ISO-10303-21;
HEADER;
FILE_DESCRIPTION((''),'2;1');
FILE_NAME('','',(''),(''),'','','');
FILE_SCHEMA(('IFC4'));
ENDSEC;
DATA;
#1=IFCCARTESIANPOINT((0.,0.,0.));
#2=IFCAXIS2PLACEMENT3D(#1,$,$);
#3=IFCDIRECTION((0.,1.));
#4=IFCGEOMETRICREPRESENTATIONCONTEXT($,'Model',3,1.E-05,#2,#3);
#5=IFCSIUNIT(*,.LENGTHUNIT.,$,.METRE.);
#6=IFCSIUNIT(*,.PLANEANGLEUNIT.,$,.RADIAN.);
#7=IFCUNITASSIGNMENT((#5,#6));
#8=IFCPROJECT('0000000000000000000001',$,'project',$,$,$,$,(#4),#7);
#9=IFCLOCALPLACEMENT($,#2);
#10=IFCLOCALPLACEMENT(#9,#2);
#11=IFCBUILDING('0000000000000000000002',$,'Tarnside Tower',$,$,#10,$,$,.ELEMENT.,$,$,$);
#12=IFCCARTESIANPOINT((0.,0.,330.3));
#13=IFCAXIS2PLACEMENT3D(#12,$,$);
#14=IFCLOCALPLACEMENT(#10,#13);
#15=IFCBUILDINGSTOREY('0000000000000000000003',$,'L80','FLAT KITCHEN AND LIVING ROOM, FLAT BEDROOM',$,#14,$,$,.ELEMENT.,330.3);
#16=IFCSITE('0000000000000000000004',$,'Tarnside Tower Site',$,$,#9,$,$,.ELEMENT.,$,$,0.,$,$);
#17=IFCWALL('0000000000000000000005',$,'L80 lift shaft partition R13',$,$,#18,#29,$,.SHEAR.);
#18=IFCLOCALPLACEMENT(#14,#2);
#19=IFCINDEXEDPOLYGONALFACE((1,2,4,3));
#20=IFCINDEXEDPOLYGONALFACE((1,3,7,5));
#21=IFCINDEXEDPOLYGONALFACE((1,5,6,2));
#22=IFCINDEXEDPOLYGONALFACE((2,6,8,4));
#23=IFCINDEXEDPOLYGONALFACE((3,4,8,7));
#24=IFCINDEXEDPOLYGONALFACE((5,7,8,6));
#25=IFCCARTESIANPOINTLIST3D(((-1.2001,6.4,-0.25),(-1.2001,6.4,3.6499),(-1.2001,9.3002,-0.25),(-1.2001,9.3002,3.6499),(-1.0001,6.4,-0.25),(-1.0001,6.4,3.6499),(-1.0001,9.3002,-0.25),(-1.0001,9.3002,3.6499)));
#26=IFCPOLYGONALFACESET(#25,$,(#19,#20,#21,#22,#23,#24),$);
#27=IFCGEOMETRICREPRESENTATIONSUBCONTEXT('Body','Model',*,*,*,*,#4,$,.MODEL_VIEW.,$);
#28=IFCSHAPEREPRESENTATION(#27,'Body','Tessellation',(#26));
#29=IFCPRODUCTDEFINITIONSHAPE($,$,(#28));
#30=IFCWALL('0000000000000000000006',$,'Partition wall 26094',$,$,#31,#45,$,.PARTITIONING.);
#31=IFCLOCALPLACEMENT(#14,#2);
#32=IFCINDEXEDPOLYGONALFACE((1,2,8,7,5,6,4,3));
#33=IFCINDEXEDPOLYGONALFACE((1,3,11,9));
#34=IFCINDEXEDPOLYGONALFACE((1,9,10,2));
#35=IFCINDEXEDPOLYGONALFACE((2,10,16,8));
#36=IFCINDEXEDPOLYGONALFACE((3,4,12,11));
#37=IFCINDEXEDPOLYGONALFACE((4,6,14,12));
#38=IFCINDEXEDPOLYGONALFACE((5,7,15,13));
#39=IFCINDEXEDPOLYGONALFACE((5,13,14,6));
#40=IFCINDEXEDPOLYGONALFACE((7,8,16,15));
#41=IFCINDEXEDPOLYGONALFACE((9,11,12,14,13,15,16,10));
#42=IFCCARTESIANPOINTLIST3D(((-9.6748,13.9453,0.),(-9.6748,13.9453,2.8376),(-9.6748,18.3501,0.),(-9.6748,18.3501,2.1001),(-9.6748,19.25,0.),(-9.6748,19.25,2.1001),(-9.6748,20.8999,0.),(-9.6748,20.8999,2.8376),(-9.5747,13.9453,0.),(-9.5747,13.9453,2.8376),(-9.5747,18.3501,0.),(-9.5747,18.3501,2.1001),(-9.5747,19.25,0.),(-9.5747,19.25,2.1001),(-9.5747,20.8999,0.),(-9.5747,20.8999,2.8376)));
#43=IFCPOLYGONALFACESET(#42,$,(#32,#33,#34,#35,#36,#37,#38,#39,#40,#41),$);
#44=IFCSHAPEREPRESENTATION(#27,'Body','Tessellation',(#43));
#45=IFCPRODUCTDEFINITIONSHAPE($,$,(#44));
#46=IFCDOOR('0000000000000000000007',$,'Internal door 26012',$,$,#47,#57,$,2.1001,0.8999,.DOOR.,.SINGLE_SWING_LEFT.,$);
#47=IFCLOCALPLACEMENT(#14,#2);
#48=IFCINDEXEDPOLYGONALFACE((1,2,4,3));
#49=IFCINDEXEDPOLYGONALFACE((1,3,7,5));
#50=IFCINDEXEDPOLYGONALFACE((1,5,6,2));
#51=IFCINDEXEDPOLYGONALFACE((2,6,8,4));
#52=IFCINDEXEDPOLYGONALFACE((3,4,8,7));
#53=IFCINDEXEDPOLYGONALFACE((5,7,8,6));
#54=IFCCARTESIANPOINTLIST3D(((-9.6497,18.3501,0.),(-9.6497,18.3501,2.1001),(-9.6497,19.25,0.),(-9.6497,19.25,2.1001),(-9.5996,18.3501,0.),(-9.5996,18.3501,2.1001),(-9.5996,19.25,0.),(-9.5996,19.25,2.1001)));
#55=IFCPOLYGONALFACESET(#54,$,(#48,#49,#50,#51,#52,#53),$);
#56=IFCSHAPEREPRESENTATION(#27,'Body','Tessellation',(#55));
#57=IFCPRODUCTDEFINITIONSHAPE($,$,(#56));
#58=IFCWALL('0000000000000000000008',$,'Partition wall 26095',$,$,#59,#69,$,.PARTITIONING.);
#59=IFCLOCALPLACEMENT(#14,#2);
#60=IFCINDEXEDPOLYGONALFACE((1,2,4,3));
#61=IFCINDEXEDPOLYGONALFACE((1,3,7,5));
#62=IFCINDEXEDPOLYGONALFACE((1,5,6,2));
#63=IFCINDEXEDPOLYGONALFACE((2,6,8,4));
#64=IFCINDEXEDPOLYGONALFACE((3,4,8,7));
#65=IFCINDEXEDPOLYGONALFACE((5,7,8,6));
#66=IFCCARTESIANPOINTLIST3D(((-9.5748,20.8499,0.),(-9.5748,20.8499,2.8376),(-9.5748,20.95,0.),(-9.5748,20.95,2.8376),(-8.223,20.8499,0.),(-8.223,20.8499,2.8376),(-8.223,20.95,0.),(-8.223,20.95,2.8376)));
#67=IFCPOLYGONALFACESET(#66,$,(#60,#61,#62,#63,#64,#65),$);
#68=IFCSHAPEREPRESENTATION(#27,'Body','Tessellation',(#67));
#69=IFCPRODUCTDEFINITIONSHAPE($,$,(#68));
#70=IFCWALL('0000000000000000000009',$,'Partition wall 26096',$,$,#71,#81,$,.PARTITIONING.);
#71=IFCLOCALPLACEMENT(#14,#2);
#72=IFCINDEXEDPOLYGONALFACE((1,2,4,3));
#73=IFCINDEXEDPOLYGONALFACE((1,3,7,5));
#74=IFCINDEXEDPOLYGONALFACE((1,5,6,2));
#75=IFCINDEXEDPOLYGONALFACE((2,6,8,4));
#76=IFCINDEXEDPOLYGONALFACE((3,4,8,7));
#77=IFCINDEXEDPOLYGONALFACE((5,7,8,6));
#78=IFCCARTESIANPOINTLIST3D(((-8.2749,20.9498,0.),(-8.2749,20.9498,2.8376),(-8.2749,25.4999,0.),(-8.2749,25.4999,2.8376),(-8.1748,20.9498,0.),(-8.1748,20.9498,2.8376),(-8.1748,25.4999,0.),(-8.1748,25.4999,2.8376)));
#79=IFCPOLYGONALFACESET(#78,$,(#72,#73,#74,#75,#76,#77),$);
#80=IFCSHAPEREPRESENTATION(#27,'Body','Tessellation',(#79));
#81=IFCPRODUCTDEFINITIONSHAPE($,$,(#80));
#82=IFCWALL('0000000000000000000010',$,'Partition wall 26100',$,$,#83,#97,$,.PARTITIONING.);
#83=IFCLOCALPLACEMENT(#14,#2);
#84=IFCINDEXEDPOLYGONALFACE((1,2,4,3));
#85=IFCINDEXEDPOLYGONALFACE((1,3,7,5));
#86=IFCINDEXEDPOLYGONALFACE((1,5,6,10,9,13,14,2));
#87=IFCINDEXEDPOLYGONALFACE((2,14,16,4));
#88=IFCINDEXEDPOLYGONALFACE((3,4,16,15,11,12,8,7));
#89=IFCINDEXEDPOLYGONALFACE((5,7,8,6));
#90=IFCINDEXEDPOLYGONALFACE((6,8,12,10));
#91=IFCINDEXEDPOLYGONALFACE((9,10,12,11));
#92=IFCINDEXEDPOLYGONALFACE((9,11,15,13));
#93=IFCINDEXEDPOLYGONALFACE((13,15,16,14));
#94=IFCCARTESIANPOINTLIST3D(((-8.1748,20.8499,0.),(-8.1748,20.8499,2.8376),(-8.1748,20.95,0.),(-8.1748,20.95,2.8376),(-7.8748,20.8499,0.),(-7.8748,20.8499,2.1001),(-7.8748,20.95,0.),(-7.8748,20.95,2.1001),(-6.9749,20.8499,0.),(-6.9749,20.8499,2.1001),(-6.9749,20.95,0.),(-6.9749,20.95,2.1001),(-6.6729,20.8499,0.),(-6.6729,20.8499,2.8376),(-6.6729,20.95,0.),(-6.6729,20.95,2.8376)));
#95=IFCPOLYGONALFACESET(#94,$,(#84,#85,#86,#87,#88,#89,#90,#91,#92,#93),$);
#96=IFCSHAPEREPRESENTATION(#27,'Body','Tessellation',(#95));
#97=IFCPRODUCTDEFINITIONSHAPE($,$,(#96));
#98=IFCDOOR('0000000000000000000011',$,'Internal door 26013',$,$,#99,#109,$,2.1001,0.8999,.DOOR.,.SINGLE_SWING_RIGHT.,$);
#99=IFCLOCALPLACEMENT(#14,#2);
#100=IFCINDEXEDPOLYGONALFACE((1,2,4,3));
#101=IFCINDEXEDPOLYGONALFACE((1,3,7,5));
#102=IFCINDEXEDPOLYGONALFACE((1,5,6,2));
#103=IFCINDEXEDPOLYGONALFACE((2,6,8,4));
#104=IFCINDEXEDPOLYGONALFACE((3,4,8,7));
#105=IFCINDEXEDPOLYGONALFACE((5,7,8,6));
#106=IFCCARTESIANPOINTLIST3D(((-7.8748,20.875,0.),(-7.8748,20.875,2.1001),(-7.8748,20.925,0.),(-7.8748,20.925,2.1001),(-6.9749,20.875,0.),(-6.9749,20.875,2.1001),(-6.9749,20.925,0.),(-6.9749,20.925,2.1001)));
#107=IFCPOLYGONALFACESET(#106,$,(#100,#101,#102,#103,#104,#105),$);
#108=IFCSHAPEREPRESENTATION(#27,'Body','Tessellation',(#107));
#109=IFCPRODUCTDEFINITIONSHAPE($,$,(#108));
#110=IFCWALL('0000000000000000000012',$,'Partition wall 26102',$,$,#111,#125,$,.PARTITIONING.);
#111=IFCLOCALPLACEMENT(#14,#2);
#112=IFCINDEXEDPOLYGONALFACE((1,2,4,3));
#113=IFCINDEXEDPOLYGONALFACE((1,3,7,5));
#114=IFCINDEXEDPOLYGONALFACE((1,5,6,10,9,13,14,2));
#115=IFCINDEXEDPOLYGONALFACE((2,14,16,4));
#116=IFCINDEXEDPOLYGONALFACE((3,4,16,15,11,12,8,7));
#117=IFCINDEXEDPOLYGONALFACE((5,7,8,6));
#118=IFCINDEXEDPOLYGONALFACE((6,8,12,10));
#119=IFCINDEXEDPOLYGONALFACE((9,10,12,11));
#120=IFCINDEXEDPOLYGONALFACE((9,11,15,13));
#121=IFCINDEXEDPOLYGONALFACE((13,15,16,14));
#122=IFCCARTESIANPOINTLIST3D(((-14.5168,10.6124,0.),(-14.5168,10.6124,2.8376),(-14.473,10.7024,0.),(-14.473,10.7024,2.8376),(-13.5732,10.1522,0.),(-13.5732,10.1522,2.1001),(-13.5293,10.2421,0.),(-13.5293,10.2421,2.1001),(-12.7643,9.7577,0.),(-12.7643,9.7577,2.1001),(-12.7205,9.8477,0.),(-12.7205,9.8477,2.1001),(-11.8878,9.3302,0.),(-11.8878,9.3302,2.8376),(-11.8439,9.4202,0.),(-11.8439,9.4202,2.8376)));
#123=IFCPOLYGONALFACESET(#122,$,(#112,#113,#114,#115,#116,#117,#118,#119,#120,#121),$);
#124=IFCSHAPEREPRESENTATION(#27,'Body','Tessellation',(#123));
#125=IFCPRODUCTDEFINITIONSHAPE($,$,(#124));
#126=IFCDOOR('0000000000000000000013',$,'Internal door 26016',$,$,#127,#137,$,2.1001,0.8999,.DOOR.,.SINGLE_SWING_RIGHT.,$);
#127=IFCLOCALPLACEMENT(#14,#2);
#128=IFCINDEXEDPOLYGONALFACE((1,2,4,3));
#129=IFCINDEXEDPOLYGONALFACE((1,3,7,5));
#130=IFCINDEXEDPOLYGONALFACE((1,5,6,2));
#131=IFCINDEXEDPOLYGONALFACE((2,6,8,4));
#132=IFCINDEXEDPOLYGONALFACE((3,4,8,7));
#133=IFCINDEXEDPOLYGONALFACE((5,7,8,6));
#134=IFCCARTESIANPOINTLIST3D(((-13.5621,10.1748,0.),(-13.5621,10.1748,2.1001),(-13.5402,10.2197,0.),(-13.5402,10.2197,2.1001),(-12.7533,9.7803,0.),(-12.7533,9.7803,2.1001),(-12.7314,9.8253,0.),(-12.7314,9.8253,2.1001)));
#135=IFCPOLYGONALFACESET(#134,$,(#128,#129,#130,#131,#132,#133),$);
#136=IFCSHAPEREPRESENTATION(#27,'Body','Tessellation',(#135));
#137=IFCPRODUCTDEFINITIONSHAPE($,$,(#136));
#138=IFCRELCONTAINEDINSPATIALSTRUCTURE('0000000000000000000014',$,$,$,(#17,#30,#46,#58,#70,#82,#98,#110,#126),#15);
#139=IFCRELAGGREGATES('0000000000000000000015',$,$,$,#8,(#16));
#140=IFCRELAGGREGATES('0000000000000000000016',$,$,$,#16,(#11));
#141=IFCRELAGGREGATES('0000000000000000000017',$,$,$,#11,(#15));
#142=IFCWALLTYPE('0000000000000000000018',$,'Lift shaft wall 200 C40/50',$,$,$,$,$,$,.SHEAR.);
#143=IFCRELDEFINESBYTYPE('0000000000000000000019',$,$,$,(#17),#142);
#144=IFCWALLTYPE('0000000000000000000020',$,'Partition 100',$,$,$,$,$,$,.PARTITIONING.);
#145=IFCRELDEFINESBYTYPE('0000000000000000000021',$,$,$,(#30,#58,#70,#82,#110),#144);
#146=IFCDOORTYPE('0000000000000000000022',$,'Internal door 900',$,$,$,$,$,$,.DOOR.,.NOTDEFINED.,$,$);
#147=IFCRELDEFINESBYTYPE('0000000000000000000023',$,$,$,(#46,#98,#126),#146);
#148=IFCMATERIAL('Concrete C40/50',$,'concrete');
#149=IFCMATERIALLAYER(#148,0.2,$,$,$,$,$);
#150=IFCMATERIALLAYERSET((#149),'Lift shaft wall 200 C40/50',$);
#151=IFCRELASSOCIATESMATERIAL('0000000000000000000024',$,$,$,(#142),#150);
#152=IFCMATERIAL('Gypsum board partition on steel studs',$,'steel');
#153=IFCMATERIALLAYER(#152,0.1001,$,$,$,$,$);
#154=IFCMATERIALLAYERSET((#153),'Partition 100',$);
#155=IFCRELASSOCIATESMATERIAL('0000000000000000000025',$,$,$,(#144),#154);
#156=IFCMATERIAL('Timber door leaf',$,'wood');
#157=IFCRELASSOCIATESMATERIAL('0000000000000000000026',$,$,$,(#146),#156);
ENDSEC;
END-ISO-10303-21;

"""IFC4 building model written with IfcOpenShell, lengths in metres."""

from ifc_helpers import new_model, si_unit, direction, frame, frame_2d, origin, place, context, subcontext, project, spatial, rectangle, extrude, material, layer, layer_set, type_object, element, fill, save


model = new_model("IFC4")

# Units and contexts
model_context = context("Model", 3, precision=1e-05, world=origin(), true_north=direction((0.0, 1.0)))
body_context = subcontext(model_context, "Body", "Model", "MODEL_VIEW")
ifc_project = project(units=[si_unit("LENGTHUNIT", "METRE"), si_unit("PLANEANGLEUNIT", "RADIAN")], contexts=[model_context])

# Site, building, storey
site_placement = place(None, origin())
site = spatial("IfcSite", under=ifc_project, at=site_placement, Name="Tarnside Tower Site", CompositionType="ELEMENT", RefElevation=0.0)
building_placement = place(site_placement, origin())
building = spatial("IfcBuilding", under=site, at=building_placement, Name="Tarnside Tower", CompositionType="ELEMENT")
storey_placement = place(building_placement, frame((0.0, 0.0, 330.3)))
storey = spatial("IfcBuildingStorey", under=building, at=storey_placement, Name="L80", Description="FLAT KITCHEN AND LIVING ROOM, FLAT BEDROOM", CompositionType="ELEMENT", Elevation=330.3)

# Shared definitions
ifc_material_1 = material(Name="Gypsum board partition on steel studs", Category="steel")
ifc_material_2 = material(Name="Timber door leaf", Category="wood")

# Wall
ifc_material_3 = material(Name="Concrete C40/50", Category="concrete")
ifc_layer_1 = layer(ifc_material_3, 0.2)
ifc_layer_set_1 = layer_set([ifc_layer_1], Name="Lift shaft wall 200 C40/50")
wall_type_1 = type_object("IfcWallType", Name="Lift shaft wall 200 C40/50", PredefinedType="SHEAR", material=ifc_layer_set_1)
wall_1_placement = place(storey_placement, frame((-1.1001, 6.3999, -0.25), z_axis=(0.0, 0.0, 1.0), x_axis=(0.0, 1.0, 0.0)))
element("IfcWall", 1, at=wall_1_placement, inside=storey, type_object=wall_type_1, Name="L80 lift shaft partition R13", PredefinedType="SHEAR", context=body_context, shape_type="SweptSolid", body=[
    extrude(rectangle(XDim=2.9001, YDim=0.2, at=frame_2d((1.4502, 0.0))), origin(), (0.0, 0.0, 1.0), 3.8999),
])

# Wall, opening, door
ifc_layer_2 = layer(ifc_material_1, 0.1001)
ifc_layer_set_2 = layer_set([ifc_layer_2], Name="Partition 100")
wall_type_2 = type_object("IfcWallType", Name="Partition 100", PredefinedType="PARTITIONING", material=ifc_layer_set_2)
wall_2_placement = place(storey_placement, frame((-9.6248, 13.9453, 0.0), z_axis=(0.0, 0.0, 1.0), x_axis=(0.0, 1.0, 0.0)))
wall_2 = element("IfcWall", 2, at=wall_2_placement, inside=storey, type_object=wall_type_2, Name="Partition wall 26094", PredefinedType="PARTITIONING", context=body_context, shape_type="SweptSolid", body=[
    extrude(rectangle(XDim=6.9546, YDim=0.1001, at=frame_2d((3.4773, 0.0))), origin(), (0.0, 0.0, 1.0), 2.8376),
])
opening_1_placement = place(wall_2_placement, frame((4.4048, 0.0, 0.0)))
opening_1 = element("IfcOpeningElement", 3, at=opening_1_placement, cuts=wall_2, PredefinedType="OPENING", context=body_context, shape_type="SweptSolid", body=[
    extrude(rectangle(XDim=0.8999, YDim=2.1001, at=frame_2d((0.45, 1.05))), frame((0.0, 0.0601, 0.0), z_axis=(0.0, -1.0, 0.0), x_axis=(1.0, 0.0, 0.0)), (0.0, 0.0, 1.0), 0.1201),
])
door_type_1 = type_object("IfcDoorType", Name="Internal door 900", OperationType="NOTDEFINED", PredefinedType="DOOR", material=ifc_material_2)
door_1_placement = place(opening_1_placement, origin())
door_1 = element("IfcDoor", 4, at=door_1_placement, inside=storey, type_object=door_type_1, Name="Internal door 26012", OperationType="SINGLE_SWING_LEFT", OverallHeight=2.1001, OverallWidth=0.8999, PredefinedType="DOOR", context=body_context, shape_type="SweptSolid", body=[
    extrude(rectangle(XDim=0.8999, YDim=2.1001, at=frame_2d((0.45, 1.05))), frame((0.0, 0.0249, 0.0), z_axis=(0.0, -1.0, 0.0), x_axis=(1.0, 0.0, 0.0)), (0.0, 0.0, 1.0), 0.05),
])
fill(opening_1, door_1)

# Walls
wall_3_placement = place(storey_placement, frame((-9.5747, 20.8999, 0.0), z_axis=(0.0, 0.0, 1.0), x_axis=(1.0, 0.0, 0.0)))
element("IfcWall", 5, at=wall_3_placement, inside=storey, type_object=wall_type_2, Name="Partition wall 26095", PredefinedType="PARTITIONING", context=body_context, shape_type="SweptSolid", body=[
    extrude(rectangle(XDim=1.3518, YDim=0.1001, at=frame_2d((0.6758, 0.0))), origin(), (0.0, 0.0, 1.0), 2.8376),
])
wall_4_placement = place(storey_placement, frame((-8.2249, 20.95, 0.0), z_axis=(0.0, 0.0, 1.0), x_axis=(0.0, 1.0, 0.0)))
element("IfcWall", 6, at=wall_4_placement, inside=storey, type_object=wall_type_2, Name="Partition wall 26096", PredefinedType="PARTITIONING", context=body_context, shape_type="SweptSolid", body=[
    extrude(rectangle(XDim=4.55, YDim=0.1001, at=frame_2d((2.2749, 0.0))), origin(), (0.0, 0.0, 1.0), 2.8376),
])

# Walls, openings, doors
wall_5_placement = place(storey_placement, frame((-6.6729, 20.8999, 0.0), z_axis=(0.0, 0.0, 1.0), x_axis=(-1.0, 0.0, 0.0)))
wall_5 = element("IfcWall", 7, at=wall_5_placement, inside=storey, type_object=wall_type_2, Name="Partition wall 26100", PredefinedType="PARTITIONING", context=body_context, shape_type="SweptSolid", body=[
    extrude(rectangle(XDim=1.502, YDim=0.1001, at=frame_2d((0.751, 0.0))), origin(), (0.0, 0.0, 1.0), 2.8376),
])
opening_2_placement = place(wall_5_placement, frame((0.302, 0.0, 0.0)))
opening_2 = element("IfcOpeningElement", 8, at=opening_2_placement, cuts=wall_5, PredefinedType="OPENING", context=body_context, shape_type="SweptSolid", body=[
    extrude(rectangle(XDim=0.8999, YDim=2.1001, at=frame_2d((0.45, 1.05))), frame((0.0, 0.0601, 0.0), z_axis=(0.0, -1.0, 0.0), x_axis=(1.0, 0.0, 0.0)), (0.0, 0.0, 1.0), 0.1201),
])
door_2_placement = place(opening_2_placement, origin())
door_2 = element("IfcDoor", 9, at=door_2_placement, inside=storey, type_object=door_type_1, Name="Internal door 26013", OperationType="SINGLE_SWING_RIGHT", OverallHeight=2.1001, OverallWidth=0.8999, PredefinedType="DOOR", context=body_context, shape_type="SweptSolid", body=[
    extrude(rectangle(XDim=0.8999, YDim=2.1001, at=frame_2d((0.45, 1.05))), frame((0.0, 0.0249, 0.0), z_axis=(0.0, -1.0, 0.0), x_axis=(1.0, 0.0, 0.0)), (0.0, 0.0, 1.0), 0.05),
])
fill(opening_2, door_2)
wall_6_placement = place(storey_placement, frame((-11.866, 9.3752, 0.0), z_axis=(0.0, 0.0, 1.0), x_axis=(-0.898807, 0.438345, 0.0)))
wall_6 = element("IfcWall", 10, at=wall_6_placement, inside=storey, type_object=wall_type_2, Name="Partition wall 26102", PredefinedType="PARTITIONING", context=body_context, shape_type="SweptSolid", body=[
    extrude(rectangle(XDim=2.925, YDim=0.1001, at=frame_2d((1.4624, 0.0))), origin(), (0.0, 0.0, 1.0), 2.8376),
])
opening_3_placement = place(wall_6_placement, frame((0.9751, 0.0, 0.0)))
opening_3 = element("IfcOpeningElement", 11, at=opening_3_placement, cuts=wall_6, PredefinedType="OPENING", context=body_context, shape_type="SweptSolid", body=[
    extrude(rectangle(XDim=0.8999, YDim=2.1001, at=frame_2d((0.45, 1.05))), frame((0.0, 0.0601, 0.0), z_axis=(0.0, -1.0, 0.0), x_axis=(1.0, 0.0, 0.0)), (0.0, 0.0, 1.0), 0.1201),
])
door_3_placement = place(opening_3_placement, origin())
door_3 = element("IfcDoor", 12, at=door_3_placement, inside=storey, type_object=door_type_1, Name="Internal door 26016", OperationType="SINGLE_SWING_RIGHT", OverallHeight=2.1001, OverallWidth=0.8999, PredefinedType="DOOR", context=body_context, shape_type="SweptSolid", body=[
    extrude(rectangle(XDim=0.8999, YDim=2.1001, at=frame_2d((0.45, 1.05))), frame((0.0, 0.0249, 0.0), z_axis=(0.0, -1.0, 0.0), x_axis=(1.0, 0.0, 0.0)), (0.0, 0.0, 1.0), 0.05),
])
fill(opening_3, door_3)

save(model, "model.ifc")
